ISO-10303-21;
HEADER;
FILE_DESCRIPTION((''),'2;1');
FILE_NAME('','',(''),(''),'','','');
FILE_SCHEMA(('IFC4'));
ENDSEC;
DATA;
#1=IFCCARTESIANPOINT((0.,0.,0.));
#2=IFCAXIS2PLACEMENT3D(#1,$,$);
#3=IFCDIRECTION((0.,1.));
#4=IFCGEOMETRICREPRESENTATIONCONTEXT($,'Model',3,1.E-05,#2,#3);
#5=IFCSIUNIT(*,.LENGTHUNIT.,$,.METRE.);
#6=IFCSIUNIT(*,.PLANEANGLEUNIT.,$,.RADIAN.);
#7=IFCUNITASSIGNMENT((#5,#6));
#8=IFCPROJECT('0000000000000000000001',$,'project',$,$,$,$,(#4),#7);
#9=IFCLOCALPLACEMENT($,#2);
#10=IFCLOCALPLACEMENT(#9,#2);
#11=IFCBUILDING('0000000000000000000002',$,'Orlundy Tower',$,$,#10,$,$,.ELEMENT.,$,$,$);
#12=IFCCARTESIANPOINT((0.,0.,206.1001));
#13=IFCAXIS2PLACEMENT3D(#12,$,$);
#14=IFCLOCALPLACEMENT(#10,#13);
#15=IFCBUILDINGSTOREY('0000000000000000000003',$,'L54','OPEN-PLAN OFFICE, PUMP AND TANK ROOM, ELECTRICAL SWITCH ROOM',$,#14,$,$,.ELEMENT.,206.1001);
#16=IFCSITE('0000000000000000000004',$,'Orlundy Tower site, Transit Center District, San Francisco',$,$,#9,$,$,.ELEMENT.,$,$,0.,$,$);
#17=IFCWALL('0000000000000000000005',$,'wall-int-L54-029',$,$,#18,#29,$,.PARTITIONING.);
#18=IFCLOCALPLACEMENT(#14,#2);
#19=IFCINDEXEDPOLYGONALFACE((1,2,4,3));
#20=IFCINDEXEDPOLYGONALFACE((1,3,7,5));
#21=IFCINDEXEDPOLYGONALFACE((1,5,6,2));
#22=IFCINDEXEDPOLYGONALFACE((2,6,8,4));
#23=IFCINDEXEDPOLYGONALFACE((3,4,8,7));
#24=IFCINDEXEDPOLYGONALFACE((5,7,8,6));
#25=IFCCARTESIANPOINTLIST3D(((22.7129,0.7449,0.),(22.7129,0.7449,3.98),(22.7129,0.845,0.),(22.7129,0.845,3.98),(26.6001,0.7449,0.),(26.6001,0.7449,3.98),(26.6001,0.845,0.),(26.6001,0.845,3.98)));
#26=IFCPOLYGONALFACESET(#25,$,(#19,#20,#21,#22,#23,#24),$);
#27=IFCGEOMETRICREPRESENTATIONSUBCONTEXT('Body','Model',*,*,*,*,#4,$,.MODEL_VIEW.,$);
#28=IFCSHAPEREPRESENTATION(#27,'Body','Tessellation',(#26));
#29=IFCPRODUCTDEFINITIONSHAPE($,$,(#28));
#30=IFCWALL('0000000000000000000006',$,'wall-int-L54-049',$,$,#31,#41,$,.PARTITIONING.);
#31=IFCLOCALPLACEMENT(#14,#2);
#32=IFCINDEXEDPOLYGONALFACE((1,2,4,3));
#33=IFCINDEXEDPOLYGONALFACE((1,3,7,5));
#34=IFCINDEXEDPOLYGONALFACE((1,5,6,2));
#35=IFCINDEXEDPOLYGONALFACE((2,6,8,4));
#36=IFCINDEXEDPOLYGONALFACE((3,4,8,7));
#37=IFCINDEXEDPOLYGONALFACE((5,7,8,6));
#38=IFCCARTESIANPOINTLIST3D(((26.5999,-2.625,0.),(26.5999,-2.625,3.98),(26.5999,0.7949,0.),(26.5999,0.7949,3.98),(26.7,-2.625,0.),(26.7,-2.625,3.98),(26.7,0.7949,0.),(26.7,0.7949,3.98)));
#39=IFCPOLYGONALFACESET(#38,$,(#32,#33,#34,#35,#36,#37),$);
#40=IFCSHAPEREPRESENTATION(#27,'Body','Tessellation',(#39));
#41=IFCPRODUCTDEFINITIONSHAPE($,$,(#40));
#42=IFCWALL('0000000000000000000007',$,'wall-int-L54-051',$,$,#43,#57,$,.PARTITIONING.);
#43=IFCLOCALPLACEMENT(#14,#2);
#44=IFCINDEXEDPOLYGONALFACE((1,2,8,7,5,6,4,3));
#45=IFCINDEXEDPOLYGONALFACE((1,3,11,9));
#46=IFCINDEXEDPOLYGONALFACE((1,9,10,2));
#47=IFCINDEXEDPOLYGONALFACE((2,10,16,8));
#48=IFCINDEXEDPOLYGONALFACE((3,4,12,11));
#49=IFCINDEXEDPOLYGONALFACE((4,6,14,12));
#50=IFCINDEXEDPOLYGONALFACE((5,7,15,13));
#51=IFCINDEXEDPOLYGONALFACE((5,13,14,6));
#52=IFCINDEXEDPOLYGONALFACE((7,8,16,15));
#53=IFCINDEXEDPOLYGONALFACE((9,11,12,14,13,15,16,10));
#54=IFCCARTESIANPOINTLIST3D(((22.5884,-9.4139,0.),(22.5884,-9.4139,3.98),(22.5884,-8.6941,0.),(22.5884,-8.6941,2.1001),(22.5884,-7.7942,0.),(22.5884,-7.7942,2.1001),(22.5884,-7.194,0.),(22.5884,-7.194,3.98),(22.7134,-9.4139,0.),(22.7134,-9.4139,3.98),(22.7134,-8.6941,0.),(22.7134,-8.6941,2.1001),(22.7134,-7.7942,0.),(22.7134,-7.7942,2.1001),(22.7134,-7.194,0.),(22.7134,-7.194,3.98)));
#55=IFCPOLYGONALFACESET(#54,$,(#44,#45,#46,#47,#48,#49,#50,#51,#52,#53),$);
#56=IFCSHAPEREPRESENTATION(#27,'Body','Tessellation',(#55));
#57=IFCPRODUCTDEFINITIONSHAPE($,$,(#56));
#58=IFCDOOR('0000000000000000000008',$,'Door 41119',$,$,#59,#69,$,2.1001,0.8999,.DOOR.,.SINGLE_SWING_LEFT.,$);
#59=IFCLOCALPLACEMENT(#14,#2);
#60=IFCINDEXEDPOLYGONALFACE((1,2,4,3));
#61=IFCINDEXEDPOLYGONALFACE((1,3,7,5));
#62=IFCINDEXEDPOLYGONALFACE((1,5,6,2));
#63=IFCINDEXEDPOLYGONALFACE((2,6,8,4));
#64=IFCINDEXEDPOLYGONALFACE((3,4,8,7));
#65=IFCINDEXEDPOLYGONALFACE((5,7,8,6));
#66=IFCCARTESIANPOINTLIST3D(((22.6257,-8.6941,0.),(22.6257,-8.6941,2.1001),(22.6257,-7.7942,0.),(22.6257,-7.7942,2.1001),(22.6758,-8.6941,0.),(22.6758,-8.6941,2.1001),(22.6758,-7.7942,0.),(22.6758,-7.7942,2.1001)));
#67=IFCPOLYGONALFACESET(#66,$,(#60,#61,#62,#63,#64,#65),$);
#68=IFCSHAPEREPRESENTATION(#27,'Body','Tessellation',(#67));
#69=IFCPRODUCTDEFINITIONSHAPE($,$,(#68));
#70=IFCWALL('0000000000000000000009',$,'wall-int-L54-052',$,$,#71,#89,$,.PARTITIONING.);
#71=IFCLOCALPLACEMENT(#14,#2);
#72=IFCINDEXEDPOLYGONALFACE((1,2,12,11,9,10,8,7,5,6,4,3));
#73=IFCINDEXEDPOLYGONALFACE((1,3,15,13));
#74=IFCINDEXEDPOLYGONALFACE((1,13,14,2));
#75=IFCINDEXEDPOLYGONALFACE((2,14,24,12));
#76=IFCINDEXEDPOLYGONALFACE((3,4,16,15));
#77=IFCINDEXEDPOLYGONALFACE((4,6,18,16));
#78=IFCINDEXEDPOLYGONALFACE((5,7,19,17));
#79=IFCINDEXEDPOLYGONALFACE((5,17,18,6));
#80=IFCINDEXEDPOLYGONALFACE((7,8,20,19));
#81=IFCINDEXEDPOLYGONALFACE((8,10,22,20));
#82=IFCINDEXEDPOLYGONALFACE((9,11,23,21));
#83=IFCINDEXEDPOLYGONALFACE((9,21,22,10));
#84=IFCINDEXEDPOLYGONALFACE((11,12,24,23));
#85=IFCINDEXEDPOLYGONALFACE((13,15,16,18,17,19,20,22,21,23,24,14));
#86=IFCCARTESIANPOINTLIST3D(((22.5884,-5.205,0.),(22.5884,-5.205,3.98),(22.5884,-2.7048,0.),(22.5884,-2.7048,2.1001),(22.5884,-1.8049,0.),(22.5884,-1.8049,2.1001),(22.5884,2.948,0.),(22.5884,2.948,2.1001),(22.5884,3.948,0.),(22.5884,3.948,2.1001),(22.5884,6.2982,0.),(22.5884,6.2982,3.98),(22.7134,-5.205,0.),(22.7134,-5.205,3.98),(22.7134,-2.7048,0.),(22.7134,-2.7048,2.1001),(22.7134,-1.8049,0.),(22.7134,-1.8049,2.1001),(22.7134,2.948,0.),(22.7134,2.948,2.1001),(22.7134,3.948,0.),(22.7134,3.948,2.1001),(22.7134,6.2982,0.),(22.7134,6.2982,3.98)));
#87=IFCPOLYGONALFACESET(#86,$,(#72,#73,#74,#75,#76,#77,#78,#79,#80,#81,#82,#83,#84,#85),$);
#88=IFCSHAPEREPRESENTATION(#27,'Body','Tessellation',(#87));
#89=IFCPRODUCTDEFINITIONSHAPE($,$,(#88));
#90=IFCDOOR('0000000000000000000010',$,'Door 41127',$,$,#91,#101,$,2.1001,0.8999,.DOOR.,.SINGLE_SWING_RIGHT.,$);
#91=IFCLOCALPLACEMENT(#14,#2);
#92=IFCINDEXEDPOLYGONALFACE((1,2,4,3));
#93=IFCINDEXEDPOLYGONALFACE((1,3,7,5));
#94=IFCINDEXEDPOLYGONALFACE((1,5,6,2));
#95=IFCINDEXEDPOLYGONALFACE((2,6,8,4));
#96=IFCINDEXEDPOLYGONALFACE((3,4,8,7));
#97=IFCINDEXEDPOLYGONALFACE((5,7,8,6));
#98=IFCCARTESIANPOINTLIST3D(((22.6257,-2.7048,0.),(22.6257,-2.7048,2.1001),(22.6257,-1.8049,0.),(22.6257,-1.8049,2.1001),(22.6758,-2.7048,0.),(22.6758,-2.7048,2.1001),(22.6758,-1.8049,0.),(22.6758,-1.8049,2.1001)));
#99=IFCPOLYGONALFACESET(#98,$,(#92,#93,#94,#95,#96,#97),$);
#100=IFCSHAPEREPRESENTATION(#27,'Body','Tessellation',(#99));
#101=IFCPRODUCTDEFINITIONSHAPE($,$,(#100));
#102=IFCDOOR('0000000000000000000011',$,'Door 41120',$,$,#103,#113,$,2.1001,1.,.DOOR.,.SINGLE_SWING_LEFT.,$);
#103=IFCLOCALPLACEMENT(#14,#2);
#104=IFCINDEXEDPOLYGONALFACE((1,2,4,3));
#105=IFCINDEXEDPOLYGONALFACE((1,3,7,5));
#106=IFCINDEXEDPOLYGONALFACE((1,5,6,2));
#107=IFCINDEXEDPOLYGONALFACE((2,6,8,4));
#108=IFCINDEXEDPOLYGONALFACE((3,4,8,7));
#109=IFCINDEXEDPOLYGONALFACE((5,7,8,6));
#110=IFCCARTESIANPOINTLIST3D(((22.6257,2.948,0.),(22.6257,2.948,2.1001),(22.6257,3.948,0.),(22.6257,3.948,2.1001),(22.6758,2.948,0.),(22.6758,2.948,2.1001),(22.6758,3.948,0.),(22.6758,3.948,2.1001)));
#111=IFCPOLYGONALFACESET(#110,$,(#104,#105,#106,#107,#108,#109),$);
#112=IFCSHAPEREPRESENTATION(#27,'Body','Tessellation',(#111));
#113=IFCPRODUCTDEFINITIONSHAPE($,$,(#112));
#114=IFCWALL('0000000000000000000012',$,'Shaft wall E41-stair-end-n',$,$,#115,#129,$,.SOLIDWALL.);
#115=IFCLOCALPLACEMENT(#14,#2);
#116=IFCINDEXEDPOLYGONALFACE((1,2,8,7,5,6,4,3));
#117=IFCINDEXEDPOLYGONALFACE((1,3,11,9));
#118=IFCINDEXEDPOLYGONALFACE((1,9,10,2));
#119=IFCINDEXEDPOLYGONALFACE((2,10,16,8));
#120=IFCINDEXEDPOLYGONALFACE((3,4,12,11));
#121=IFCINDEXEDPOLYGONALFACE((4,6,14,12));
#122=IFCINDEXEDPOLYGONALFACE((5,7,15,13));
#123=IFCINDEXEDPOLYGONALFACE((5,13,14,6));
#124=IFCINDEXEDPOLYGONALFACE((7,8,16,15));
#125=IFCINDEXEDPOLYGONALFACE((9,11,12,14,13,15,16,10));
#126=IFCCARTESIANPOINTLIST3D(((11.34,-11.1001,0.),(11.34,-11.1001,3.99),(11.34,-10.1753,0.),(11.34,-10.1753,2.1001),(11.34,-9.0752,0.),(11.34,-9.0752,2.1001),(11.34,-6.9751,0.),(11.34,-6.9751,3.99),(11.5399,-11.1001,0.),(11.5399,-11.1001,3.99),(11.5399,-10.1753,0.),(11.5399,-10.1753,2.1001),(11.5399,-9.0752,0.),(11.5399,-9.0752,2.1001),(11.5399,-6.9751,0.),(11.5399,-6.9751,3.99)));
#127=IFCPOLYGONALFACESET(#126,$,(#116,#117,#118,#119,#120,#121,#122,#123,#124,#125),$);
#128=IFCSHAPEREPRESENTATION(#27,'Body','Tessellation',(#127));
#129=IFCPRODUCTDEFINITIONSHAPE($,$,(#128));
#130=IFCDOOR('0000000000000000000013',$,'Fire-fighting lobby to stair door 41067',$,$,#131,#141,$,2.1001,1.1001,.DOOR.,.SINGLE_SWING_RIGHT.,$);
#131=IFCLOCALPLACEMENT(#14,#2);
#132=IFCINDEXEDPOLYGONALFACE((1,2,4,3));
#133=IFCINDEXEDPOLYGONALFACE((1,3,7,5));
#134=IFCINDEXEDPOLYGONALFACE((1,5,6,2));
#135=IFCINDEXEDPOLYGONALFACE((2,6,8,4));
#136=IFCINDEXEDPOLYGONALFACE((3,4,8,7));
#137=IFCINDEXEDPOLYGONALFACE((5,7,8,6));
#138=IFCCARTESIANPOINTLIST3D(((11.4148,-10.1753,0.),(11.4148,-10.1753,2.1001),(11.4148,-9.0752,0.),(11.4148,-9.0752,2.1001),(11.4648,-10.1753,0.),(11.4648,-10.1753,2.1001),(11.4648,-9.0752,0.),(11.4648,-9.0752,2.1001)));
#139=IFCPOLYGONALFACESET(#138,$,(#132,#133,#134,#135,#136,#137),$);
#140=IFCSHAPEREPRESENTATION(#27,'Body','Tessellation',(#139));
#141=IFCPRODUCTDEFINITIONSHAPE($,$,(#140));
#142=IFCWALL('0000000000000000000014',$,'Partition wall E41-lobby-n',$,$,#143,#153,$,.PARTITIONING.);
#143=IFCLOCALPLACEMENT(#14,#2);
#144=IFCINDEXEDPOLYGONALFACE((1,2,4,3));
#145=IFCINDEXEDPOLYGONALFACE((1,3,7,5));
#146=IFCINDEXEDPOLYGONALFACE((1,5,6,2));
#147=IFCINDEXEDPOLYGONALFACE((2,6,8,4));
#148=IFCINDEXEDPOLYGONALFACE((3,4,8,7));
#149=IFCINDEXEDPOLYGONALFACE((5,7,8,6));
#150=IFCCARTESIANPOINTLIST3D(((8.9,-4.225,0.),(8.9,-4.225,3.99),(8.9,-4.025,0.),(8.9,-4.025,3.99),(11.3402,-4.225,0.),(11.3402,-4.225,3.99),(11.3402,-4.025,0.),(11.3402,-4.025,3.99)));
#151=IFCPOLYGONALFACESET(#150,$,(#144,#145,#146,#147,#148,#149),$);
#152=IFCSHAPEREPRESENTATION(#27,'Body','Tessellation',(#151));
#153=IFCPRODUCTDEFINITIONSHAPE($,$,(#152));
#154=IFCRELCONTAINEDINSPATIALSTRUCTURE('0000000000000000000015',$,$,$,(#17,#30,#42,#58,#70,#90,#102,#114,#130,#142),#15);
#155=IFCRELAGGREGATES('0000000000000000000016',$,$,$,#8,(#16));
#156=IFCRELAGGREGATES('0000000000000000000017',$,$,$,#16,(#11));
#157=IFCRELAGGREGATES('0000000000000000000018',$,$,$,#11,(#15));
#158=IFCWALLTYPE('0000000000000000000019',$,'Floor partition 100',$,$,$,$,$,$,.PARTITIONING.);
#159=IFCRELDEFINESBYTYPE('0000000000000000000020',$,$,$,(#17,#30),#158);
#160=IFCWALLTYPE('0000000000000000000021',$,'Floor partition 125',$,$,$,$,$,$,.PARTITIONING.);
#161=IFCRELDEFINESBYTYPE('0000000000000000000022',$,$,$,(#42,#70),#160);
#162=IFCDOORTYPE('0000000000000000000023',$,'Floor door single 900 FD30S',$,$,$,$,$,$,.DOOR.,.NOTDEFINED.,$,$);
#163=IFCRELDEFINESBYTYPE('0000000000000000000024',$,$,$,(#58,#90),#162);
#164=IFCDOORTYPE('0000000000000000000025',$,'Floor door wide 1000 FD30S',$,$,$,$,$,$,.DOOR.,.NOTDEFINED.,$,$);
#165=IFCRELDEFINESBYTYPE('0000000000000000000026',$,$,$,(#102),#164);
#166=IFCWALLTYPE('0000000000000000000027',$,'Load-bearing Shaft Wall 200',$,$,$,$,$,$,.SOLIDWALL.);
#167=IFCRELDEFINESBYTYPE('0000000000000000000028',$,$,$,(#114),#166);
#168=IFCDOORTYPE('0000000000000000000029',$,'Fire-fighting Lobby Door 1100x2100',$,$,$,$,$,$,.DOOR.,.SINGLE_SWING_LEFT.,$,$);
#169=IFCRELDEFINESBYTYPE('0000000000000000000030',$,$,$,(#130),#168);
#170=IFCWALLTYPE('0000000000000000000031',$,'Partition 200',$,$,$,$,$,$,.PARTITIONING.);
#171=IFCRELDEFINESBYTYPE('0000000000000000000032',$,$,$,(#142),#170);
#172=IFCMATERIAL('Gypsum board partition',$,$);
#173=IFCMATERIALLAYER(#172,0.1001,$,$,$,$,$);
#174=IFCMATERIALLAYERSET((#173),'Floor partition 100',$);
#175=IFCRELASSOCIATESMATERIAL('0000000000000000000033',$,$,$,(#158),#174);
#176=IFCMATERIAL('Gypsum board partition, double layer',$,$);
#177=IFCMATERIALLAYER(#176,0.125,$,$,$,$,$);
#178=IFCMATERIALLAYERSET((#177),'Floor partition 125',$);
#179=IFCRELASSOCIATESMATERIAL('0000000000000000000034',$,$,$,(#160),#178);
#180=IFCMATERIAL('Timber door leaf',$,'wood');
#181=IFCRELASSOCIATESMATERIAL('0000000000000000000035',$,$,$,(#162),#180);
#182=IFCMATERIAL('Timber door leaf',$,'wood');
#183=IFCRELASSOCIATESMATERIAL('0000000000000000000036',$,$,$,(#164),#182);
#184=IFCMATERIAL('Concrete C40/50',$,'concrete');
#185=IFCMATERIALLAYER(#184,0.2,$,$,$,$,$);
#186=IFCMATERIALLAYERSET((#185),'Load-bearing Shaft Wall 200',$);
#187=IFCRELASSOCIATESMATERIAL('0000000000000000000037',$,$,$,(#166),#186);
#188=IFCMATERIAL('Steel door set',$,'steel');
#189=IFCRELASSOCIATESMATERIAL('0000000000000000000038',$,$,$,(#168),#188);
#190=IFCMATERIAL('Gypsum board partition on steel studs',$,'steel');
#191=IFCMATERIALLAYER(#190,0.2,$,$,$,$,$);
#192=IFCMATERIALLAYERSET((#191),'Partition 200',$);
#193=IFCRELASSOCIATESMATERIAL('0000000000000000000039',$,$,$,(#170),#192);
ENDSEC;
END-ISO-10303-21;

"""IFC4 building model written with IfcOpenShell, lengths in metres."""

from ifc_helpers import new_model, si_unit, direction, frame, frame_2d, origin, place, context, subcontext, project, spatial, rectangle, extrude, material, layer, layer_set, type_object, element, fill, save


model = new_model("IFC4")

# Units and contexts
model_context = context("Model", 3, precision=1e-05, world=origin(), true_north=direction((0.0, 1.0)))
body_context = subcontext(model_context, "Body", "Model", "MODEL_VIEW")
ifc_project = project(units=[si_unit("LENGTHUNIT", "METRE"), si_unit("PLANEANGLEUNIT", "RADIAN")], contexts=[model_context])

# Site, building, storey
site_placement = place(None, origin())
site = spatial("IfcSite", under=ifc_project, at=site_placement, Name="Orlundy Tower site, Transit Center District, San Francisco", CompositionType="ELEMENT", RefElevation=0.0)
building_placement = place(site_placement, origin())
building = spatial("IfcBuilding", under=site, at=building_placement, Name="Orlundy Tower", CompositionType="ELEMENT")
storey_placement = place(building_placement, frame((0.0, 0.0, 206.1001)))
storey = spatial("IfcBuildingStorey", under=building, at=storey_placement, Name="L54", Description="OPEN-PLAN OFFICE, PUMP AND TANK ROOM, ELECTRICAL SWITCH ROOM", CompositionType="ELEMENT", Elevation=206.1001)

# Walls
ifc_material_1 = material(Name="Gypsum board partition")
ifc_layer_1 = layer(ifc_material_1, 0.1001)
ifc_layer_set_1 = layer_set([ifc_layer_1], Name="Floor partition 100")
wall_type_1 = type_object("IfcWallType", Name="Floor partition 100", PredefinedType="PARTITIONING", material=ifc_layer_set_1)
wall_1_placement = place(storey_placement, frame((22.7129, 0.7949, 0.0), z_axis=(0.0, 0.0, 1.0), x_axis=(1.0, 0.0, 0.0)))
element("IfcWall", 1, at=wall_1_placement, inside=storey, type_object=wall_type_1, Name="wall-int-L54-029", PredefinedType="PARTITIONING", context=body_context, shape_type="SweptSolid", body=[
    extrude(rectangle(XDim=3.8872, YDim=0.1001, at=frame_2d((1.9436, 0.0))), origin(), (0.0, 0.0, 1.0), 3.98),
])
wall_2_placement = place(storey_placement, frame((26.6499, -2.625, 0.0), z_axis=(0.0, 0.0, 1.0), x_axis=(0.0, 1.0, 0.0)))
element("IfcWall", 2, at=wall_2_placement, inside=storey, type_object=wall_type_1, Name="wall-int-L54-049", PredefinedType="PARTITIONING", context=body_context, shape_type="SweptSolid", body=[
    extrude(rectangle(XDim=3.4199, YDim=0.1001, at=frame_2d((1.71, 0.0))), origin(), (0.0, 0.0, 1.0), 3.98),
])

# Wall, opening, door
ifc_material_2 = material(Name="Gypsum board partition, double layer")
ifc_layer_2 = layer(ifc_material_2, 0.125)
ifc_layer_set_2 = layer_set([ifc_layer_2], Name="Floor partition 125")
wall_type_2 = type_object("IfcWallType", Name="Floor partition 125", PredefinedType="PARTITIONING", material=ifc_layer_set_2)
wall_3_placement = place(storey_placement, frame((22.6509, -7.1941, 0.0), z_axis=(0.0, 0.0, 1.0), x_axis=(0.0, -1.0, 0.0)))
wall_3 = element("IfcWall", 3, at=wall_3_placement, inside=storey, type_object=wall_type_2, Name="wall-int-L54-051", PredefinedType="PARTITIONING", context=body_context, shape_type="SweptSolid", body=[
    extrude(rectangle(XDim=2.22, YDim=0.125, at=frame_2d((1.1099, 0.0))), origin(), (0.0, 0.0, 1.0), 3.98),
])
opening_1_placement = place(wall_3_placement, frame((0.6001, 0.0, 0.0)))
opening_1 = element("IfcOpeningElement", 4, at=opening_1_placement, cuts=wall_3, PredefinedType="OPENING", context=body_context, shape_type="SweptSolid", body=[
    extrude(rectangle(XDim=0.8999, YDim=2.1001, at=frame_2d((0.45, 1.05))), frame((0.0, 0.0725, 0.0), z_axis=(0.0, -1.0, 0.0), x_axis=(1.0, 0.0, 0.0)), (0.0, 0.0, 1.0), 0.145),
])
ifc_material_3 = material(Name="Timber door leaf", Category="wood")
door_type_1 = type_object("IfcDoorType", Name="Floor door single 900 FD30S", OperationType="NOTDEFINED", PredefinedType="DOOR", material=ifc_material_3)
door_1_placement = place(opening_1_placement, origin())
door_1 = element("IfcDoor", 5, at=door_1_placement, inside=storey, type_object=door_type_1, Name="Door 41119", OperationType="SINGLE_SWING_LEFT", OverallHeight=2.1001, OverallWidth=0.8999, PredefinedType="DOOR", context=body_context, shape_type="SweptSolid", body=[
    extrude(rectangle(XDim=0.8999, YDim=2.1001, at=frame_2d((0.45, 1.05))), frame((0.0, 0.0249, 0.0), z_axis=(0.0, -1.0, 0.0), x_axis=(1.0, 0.0, 0.0)), (0.0, 0.0, 1.0), 0.05),
])
fill(opening_1, door_1)

# Wall, openings, doors
wall_4_placement = place(storey_placement, frame((22.6509, 6.2981, 0.0), z_axis=(0.0, 0.0, 1.0), x_axis=(0.0, -1.0, 0.0)))
wall_4 = element("IfcWall", 6, at=wall_4_placement, inside=storey, type_object=wall_type_2, Name="wall-int-L54-052", PredefinedType="PARTITIONING", context=body_context, shape_type="SweptSolid", body=[
    extrude(rectangle(XDim=11.5032, YDim=0.125, at=frame_2d((5.7515, 0.0))), origin(), (0.0, 0.0, 1.0), 3.98),
])
opening_2_placement = place(wall_4_placement, frame((2.3501, 0.0, 0.0)))
opening_2 = element("IfcOpeningElement", 7, at=opening_2_placement, cuts=wall_4, PredefinedType="OPENING", context=body_context, shape_type="SweptSolid", body=[
    extrude(rectangle(XDim=1.0, YDim=2.1001, at=frame_2d((0.5, 1.05))), frame((0.0, 0.0725, 0.0), z_axis=(0.0, -1.0, 0.0), x_axis=(1.0, 0.0, 0.0)), (0.0, 0.0, 1.0), 0.145),
])
opening_3_placement = place(wall_4_placement, frame((8.103, 0.0, 0.0)))
opening_3 = element("IfcOpeningElement", 8, at=opening_3_placement, cuts=wall_4, PredefinedType="OPENING", context=body_context, shape_type="SweptSolid", body=[
    extrude(rectangle(XDim=0.8999, YDim=2.1001, at=frame_2d((0.45, 1.05))), frame((0.0, 0.0725, 0.0), z_axis=(0.0, -1.0, 0.0), x_axis=(1.0, 0.0, 0.0)), (0.0, 0.0, 1.0), 0.145),
])
door_2_placement = place(opening_3_placement, origin())
door_2 = element("IfcDoor", 9, at=door_2_placement, inside=storey, type_object=door_type_1, Name="Door 41127", OperationType="SINGLE_SWING_RIGHT", OverallHeight=2.1001, OverallWidth=0.8999, PredefinedType="DOOR", context=body_context, shape_type="SweptSolid", body=[
    extrude(rectangle(XDim=0.8999, YDim=2.1001, at=frame_2d((0.45, 1.05))), frame((0.0, 0.0249, 0.0), z_axis=(0.0, -1.0, 0.0), x_axis=(1.0, 0.0, 0.0)), (0.0, 0.0, 1.0), 0.05),
])
fill(opening_3, door_2)
ifc_material_4 = material(Name="Timber door leaf", Category="wood")
door_type_2 = type_object("IfcDoorType", Name="Floor door wide 1000 FD30S", OperationType="NOTDEFINED", PredefinedType="DOOR", material=ifc_material_4)
door_3_placement = place(opening_2_placement, origin())
door_3 = element("IfcDoor", 10, at=door_3_placement, inside=storey, type_object=door_type_2, Name="Door 41120", OperationType="SINGLE_SWING_LEFT", OverallHeight=2.1001, OverallWidth=1.0, PredefinedType="DOOR", context=body_context, shape_type="SweptSolid", body=[
    extrude(rectangle(XDim=1.0, YDim=2.1001, at=frame_2d((0.5, 1.05))), frame((0.0, 0.0249, 0.0), z_axis=(0.0, -1.0, 0.0), x_axis=(1.0, 0.0, 0.0)), (0.0, 0.0, 1.0), 0.05),
])
fill(opening_2, door_3)

# Wall, opening, door
ifc_material_5 = material(Name="Concrete C40/50", Category="concrete")
ifc_layer_3 = layer(ifc_material_5, 0.2)
ifc_layer_set_3 = layer_set([ifc_layer_3], Name="Load-bearing Shaft Wall 200")
wall_type_3 = type_object("IfcWallType", Name="Load-bearing Shaft Wall 200", PredefinedType="SOLIDWALL", material=ifc_layer_set_3)
wall_5_placement = place(storey_placement, frame((11.4399, -6.9751, 0.0), z_axis=(0.0, 0.0, 1.0), x_axis=(0.0, -1.0, 0.0)))
wall_5 = element("IfcWall", 11, at=wall_5_placement, inside=storey, type_object=wall_type_3, Name="Shaft wall E41-stair-end-n", PredefinedType="SOLIDWALL", context=body_context, shape_type="SweptSolid", body=[
    extrude(rectangle(XDim=4.125, YDim=0.2, at=frame_2d((2.0625, 0.0))), origin(), (0.0, 0.0, 1.0), 3.99),
])
opening_4_placement = place(wall_5_placement, frame((2.1001, 0.0, 0.0)))
opening_4 = element("IfcOpeningElement", 12, at=opening_4_placement, cuts=wall_5, PredefinedType="OPENING", context=body_context, shape_type="SweptSolid", body=[
    extrude(rectangle(XDim=1.1001, YDim=2.1001, at=frame_2d((0.55, 1.05))), frame((0.0, 0.1101, 0.0), z_axis=(0.0, -1.0, 0.0), x_axis=(1.0, 0.0, 0.0)), (0.0, 0.0, 1.0), 0.2202),
])
ifc_material_6 = material(Name="Steel door set", Category="steel")
door_type_3 = type_object("IfcDoorType", Name="Fire-fighting Lobby Door 1100x2100", OperationType="SINGLE_SWING_LEFT", PredefinedType="DOOR", material=ifc_material_6)
door_4_placement = place(opening_4_placement, origin())
door_4 = element("IfcDoor", 13, at=door_4_placement, inside=storey, type_object=door_type_3, Name="Fire-fighting lobby to stair door 41067", OperationType="SINGLE_SWING_RIGHT", OverallHeight=2.1001, OverallWidth=1.1001, PredefinedType="DOOR", context=body_context, shape_type="SweptSolid", body=[
    extrude(rectangle(XDim=1.1001, YDim=2.1001, at=frame_2d((0.55, 1.05))), frame((0.0, 0.0249, 0.0), z_axis=(0.0, -1.0, 0.0), x_axis=(1.0, 0.0, 0.0)), (0.0, 0.0, 1.0), 0.05),
])
fill(opening_4, door_4)

# Wall
ifc_material_7 = material(Name="Gypsum board partition on steel studs", Category="steel")
ifc_layer_4 = layer(ifc_material_7, 0.2)
ifc_layer_set_4 = layer_set([ifc_layer_4], Name="Partition 200")
wall_type_4 = type_object("IfcWallType", Name="Partition 200", PredefinedType="PARTITIONING", material=ifc_layer_set_4)
wall_6_placement = place(storey_placement, frame((8.8999, -4.125, 0.0), z_axis=(0.0, 0.0, 1.0), x_axis=(1.0, 0.0, 0.0)))
element("IfcWall", 14, at=wall_6_placement, inside=storey, type_object=wall_type_4, Name="Partition wall E41-lobby-n", PredefinedType="PARTITIONING", context=body_context, shape_type="SweptSolid", body=[
    extrude(rectangle(XDim=2.4402, YDim=0.2, at=frame_2d((1.2202, 0.0))), origin(), (0.0, 0.0, 1.0), 3.99),
])

save(model, "model.ifc")
